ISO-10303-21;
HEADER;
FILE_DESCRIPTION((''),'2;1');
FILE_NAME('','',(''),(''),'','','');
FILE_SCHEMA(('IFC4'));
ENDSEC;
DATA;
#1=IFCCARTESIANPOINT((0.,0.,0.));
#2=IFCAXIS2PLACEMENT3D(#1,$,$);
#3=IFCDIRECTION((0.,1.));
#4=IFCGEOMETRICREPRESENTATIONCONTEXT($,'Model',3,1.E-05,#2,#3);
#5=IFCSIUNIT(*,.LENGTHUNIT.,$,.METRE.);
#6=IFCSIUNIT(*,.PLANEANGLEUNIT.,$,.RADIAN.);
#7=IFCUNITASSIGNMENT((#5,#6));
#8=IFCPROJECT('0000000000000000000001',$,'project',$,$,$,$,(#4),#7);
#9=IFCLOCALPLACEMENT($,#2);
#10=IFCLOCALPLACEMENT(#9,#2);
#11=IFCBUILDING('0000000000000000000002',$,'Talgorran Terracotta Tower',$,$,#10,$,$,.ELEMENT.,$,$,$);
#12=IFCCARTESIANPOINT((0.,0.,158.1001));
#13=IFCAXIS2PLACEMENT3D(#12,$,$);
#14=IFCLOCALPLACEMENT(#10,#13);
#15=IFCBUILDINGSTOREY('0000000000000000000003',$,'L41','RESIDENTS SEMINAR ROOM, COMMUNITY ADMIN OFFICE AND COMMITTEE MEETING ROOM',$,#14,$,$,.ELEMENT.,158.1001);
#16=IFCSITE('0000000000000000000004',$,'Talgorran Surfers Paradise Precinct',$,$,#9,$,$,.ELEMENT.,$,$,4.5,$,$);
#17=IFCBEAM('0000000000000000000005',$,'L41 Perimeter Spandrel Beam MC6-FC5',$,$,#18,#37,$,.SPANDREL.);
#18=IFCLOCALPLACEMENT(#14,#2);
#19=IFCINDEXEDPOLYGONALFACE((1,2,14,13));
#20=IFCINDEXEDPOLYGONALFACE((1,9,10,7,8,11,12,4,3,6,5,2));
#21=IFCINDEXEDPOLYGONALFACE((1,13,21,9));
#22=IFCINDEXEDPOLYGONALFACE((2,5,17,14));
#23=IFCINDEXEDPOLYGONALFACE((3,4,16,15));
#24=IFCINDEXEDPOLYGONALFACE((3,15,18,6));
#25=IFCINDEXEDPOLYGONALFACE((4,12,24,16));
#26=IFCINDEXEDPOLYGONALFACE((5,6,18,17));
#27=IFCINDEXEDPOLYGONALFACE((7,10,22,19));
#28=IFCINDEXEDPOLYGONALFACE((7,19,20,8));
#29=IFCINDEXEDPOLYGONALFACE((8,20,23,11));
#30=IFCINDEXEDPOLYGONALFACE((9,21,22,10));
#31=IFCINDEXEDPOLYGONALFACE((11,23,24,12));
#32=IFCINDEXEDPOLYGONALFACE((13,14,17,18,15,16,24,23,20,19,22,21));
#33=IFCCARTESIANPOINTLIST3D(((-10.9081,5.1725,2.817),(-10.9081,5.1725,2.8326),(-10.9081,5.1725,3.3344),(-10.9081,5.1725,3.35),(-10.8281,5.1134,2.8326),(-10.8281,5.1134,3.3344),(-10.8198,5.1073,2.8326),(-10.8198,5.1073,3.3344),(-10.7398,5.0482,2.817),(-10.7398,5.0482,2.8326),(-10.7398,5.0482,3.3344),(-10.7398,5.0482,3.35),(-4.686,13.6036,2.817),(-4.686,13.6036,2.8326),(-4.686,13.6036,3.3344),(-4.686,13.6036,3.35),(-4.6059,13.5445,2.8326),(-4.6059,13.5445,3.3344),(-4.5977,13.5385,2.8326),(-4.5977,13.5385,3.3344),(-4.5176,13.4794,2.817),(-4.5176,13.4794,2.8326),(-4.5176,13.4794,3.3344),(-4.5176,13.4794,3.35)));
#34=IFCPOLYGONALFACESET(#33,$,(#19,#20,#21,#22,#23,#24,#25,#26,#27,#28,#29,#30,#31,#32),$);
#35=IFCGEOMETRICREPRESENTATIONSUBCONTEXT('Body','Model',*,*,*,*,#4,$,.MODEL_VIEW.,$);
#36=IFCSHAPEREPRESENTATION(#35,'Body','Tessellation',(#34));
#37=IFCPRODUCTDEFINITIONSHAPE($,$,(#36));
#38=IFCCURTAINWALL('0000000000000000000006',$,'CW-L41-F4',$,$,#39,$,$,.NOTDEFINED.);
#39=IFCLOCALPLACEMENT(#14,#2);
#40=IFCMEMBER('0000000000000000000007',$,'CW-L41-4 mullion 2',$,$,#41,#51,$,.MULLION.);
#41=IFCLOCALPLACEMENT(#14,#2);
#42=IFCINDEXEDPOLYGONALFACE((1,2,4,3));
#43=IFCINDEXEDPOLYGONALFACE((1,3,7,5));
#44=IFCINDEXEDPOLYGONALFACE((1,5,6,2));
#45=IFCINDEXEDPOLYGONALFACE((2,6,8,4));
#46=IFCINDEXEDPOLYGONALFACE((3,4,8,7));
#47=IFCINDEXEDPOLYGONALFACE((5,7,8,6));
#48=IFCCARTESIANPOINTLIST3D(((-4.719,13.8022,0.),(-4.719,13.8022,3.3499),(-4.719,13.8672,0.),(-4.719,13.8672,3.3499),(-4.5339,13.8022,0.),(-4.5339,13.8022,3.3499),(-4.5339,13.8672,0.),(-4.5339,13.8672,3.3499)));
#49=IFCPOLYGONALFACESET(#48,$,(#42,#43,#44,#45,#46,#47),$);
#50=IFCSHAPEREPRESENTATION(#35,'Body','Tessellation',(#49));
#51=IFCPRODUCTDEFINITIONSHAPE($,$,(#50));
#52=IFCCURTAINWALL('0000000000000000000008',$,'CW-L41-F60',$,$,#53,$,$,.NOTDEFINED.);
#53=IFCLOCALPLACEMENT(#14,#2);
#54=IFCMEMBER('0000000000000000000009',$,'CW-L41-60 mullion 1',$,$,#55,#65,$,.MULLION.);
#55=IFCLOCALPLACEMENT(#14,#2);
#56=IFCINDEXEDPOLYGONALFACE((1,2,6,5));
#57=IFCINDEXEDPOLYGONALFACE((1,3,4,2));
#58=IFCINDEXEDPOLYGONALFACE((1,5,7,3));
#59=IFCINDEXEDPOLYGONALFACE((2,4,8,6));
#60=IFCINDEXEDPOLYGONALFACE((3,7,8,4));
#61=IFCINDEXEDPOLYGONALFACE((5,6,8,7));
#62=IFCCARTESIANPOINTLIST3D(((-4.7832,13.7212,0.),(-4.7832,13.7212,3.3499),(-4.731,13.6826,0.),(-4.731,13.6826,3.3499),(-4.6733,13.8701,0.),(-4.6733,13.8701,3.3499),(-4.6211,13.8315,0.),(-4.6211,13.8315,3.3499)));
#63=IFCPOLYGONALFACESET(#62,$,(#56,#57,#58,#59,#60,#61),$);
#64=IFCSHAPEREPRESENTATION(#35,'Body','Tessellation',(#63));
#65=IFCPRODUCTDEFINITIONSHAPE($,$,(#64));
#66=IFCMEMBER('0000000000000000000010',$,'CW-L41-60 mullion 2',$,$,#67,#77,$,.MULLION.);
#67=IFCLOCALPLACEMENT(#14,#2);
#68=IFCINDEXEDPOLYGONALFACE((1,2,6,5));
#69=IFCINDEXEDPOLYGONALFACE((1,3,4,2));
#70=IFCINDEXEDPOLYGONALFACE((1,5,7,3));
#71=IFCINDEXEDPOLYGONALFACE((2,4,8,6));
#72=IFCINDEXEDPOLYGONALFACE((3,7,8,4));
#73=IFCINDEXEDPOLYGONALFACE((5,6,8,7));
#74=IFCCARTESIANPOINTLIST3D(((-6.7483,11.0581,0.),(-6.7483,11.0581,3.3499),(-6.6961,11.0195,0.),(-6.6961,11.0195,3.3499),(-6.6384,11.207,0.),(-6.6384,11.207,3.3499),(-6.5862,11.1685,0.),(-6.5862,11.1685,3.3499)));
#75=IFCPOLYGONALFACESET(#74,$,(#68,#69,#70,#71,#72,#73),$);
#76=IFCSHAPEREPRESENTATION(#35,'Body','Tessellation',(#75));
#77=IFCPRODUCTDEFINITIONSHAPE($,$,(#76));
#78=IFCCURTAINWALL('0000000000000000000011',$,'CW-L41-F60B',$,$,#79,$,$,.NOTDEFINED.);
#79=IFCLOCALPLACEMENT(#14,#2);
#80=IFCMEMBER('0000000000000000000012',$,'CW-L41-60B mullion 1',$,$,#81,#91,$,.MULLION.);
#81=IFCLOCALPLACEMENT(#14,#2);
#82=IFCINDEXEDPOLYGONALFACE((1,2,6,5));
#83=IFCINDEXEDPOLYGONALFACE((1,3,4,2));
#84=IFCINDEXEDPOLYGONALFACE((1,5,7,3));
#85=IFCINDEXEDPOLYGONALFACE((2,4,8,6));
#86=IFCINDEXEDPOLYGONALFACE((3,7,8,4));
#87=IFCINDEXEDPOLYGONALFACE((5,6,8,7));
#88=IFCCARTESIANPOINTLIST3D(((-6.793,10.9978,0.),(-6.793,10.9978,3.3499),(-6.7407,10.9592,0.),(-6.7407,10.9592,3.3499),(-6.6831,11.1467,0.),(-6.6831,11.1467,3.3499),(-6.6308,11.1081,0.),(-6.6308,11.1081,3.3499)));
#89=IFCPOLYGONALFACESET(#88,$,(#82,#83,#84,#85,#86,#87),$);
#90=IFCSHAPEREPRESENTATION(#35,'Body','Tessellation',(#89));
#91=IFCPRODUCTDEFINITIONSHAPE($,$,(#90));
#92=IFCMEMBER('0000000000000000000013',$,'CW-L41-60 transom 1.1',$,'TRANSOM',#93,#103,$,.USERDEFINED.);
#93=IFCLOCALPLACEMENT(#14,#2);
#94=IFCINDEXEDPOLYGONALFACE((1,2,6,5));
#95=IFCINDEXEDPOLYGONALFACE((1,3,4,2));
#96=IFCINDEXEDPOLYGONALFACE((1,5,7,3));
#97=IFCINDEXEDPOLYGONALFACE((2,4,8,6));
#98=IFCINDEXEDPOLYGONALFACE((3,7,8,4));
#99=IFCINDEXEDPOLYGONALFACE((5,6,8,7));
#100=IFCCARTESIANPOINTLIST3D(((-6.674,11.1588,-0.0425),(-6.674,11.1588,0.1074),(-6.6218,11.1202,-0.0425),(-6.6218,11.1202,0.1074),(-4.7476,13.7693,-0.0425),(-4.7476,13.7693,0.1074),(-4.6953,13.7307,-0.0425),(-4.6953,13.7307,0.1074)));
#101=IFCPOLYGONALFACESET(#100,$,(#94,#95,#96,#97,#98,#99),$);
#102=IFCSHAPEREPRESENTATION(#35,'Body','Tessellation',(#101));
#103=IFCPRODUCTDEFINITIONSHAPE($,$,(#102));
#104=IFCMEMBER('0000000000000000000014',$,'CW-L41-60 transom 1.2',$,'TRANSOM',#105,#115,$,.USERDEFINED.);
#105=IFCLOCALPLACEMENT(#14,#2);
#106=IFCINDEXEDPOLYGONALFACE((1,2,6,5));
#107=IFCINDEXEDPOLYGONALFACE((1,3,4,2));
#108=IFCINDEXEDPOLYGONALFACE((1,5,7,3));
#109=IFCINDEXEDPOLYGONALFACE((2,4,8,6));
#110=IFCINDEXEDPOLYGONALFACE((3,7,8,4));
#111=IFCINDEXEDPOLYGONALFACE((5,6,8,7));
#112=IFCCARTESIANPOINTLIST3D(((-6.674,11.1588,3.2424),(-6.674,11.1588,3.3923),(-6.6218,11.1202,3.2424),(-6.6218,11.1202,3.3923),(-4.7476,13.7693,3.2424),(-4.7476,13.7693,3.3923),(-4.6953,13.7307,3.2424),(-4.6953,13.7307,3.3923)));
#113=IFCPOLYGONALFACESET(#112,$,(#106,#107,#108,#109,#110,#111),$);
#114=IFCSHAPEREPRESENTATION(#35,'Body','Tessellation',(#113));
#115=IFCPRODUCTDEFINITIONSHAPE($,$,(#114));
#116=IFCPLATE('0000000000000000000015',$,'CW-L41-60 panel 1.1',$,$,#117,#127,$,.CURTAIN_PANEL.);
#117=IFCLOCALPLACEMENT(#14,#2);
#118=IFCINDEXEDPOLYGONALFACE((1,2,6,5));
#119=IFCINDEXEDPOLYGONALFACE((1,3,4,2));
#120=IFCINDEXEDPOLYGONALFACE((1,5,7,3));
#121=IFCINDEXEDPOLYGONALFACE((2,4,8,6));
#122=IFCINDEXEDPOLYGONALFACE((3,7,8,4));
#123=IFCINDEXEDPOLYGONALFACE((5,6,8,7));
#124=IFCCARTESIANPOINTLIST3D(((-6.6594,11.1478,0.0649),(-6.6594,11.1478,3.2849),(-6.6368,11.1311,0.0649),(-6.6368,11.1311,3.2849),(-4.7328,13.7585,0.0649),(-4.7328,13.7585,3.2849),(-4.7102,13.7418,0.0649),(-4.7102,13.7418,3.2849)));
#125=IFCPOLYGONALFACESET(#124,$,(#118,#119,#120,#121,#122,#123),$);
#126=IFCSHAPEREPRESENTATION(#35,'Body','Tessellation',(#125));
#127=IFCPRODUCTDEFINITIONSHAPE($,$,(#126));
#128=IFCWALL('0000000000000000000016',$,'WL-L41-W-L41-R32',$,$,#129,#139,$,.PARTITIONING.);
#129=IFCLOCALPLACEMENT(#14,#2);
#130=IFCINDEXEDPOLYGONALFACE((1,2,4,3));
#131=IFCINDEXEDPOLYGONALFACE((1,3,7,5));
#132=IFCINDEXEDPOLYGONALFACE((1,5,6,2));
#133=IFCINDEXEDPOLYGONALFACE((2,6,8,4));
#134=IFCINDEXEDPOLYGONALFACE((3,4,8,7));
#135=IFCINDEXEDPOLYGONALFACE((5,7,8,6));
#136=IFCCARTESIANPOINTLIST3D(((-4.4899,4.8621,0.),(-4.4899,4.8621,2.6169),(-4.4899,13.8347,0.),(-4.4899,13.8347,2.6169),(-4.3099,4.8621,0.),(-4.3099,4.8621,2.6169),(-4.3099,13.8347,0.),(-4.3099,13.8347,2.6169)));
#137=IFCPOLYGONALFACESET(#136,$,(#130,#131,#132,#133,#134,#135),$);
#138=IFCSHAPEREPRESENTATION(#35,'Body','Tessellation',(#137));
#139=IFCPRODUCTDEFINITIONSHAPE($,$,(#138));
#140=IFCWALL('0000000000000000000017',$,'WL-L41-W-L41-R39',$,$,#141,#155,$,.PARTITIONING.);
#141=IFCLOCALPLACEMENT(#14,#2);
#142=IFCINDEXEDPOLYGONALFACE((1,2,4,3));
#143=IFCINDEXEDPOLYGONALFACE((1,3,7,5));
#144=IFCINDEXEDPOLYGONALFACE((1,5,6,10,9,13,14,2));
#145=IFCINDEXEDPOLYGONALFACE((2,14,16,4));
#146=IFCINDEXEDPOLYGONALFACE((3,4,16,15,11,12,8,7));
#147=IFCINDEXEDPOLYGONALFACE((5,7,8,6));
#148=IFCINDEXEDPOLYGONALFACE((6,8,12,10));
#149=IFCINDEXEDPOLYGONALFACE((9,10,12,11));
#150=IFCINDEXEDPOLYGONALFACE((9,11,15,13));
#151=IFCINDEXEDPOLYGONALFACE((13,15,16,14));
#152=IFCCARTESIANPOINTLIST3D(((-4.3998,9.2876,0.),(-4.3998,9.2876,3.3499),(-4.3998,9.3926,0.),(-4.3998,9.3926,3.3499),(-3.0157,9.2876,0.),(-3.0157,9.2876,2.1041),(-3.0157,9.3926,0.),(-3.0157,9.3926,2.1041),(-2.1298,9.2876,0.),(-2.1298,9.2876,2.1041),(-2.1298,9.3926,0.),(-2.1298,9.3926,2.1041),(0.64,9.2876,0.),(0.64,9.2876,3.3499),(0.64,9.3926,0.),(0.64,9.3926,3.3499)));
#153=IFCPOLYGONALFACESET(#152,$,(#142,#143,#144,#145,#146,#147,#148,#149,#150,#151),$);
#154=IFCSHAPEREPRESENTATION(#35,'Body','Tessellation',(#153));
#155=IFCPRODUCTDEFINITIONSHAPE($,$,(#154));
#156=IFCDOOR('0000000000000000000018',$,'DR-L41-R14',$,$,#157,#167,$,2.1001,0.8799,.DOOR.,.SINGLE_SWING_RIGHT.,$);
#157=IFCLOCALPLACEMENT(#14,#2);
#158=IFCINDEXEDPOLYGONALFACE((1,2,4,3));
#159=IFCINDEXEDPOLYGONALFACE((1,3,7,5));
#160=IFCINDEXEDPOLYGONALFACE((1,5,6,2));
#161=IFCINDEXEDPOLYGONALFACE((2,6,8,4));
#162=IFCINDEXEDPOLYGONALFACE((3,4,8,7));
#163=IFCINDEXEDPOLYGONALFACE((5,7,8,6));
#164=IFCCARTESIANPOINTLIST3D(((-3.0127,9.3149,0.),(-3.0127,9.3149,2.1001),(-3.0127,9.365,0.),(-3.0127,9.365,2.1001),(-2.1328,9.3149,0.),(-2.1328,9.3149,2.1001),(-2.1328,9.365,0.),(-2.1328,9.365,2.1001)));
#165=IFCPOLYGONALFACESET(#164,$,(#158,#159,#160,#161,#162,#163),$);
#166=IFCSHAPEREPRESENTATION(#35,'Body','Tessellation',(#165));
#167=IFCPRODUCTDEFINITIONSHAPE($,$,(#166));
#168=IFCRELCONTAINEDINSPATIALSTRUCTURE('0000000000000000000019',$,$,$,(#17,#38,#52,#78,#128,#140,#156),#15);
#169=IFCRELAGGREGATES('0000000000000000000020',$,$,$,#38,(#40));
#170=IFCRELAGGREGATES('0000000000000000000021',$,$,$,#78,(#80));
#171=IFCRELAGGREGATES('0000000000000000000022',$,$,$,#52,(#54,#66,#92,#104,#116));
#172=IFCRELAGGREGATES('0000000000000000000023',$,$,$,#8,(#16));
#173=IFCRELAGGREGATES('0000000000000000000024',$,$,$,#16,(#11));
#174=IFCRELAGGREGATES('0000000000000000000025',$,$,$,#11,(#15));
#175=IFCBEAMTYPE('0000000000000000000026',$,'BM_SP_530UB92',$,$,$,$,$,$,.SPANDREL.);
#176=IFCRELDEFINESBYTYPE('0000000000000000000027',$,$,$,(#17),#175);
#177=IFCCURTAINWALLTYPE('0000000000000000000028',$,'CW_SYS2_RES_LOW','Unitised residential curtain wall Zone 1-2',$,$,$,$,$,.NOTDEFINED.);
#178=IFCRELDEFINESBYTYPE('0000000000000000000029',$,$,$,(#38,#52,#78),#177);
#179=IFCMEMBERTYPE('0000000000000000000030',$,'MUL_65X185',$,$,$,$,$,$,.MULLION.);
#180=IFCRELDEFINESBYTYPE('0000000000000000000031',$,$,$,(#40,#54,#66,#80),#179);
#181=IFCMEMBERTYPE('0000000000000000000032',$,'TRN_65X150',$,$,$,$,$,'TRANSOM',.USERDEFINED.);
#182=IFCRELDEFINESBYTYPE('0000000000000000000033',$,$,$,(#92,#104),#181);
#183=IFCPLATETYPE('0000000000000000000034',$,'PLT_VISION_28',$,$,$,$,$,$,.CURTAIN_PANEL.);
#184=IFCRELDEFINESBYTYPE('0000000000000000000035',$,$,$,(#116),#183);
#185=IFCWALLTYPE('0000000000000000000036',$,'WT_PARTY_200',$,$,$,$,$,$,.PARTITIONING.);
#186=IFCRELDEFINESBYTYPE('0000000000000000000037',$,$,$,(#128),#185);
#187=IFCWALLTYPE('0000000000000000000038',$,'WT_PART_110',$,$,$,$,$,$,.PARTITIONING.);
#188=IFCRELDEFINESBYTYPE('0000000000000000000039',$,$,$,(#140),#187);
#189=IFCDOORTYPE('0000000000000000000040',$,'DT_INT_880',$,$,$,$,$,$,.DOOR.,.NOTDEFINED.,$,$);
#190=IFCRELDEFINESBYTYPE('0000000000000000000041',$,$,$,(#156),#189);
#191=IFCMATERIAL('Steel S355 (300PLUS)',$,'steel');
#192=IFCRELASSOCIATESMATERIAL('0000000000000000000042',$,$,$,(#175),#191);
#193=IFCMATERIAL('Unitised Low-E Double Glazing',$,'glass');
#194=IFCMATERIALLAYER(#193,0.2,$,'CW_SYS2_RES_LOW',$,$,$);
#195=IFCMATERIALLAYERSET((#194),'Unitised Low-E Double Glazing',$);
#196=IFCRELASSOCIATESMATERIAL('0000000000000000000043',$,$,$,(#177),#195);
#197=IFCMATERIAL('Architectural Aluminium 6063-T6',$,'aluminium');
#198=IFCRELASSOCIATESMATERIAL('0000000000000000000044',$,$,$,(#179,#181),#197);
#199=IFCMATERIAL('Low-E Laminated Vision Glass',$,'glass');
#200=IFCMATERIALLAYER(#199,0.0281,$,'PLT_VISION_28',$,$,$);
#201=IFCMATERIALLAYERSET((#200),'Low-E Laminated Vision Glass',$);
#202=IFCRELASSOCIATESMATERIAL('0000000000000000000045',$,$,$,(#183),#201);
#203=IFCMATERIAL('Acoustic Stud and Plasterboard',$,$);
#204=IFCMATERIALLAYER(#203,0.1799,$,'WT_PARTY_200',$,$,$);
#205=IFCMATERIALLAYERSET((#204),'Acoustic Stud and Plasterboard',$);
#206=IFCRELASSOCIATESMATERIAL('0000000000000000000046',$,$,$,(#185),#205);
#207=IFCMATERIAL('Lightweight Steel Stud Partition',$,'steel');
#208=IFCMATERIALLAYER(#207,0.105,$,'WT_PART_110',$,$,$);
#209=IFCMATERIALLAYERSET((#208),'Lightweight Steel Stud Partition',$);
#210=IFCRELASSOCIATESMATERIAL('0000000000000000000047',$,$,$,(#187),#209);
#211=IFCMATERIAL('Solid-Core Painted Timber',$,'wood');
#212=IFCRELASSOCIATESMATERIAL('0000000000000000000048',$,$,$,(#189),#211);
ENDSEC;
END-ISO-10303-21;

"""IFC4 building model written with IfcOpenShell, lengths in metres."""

from ifc_helpers import new_model, si_unit, direction, frame, frame_2d, origin, origin_2d, place, context, subcontext, project, spatial, rectangle, i_section, extrude, source, transform, mapped, material, layer, layer_set, material_profile, profile_set, type_object, type_shapes, element, fill, aggregate, save


model = new_model("IFC4")

# Units and contexts
model_context = context("Model", 3, precision=1e-05, world=origin(), true_north=direction((0.0, 1.0)))
body_context = subcontext(model_context, "Body", "Model", "MODEL_VIEW")
ifc_project = project(units=[si_unit("LENGTHUNIT", "METRE"), si_unit("PLANEANGLEUNIT", "RADIAN")], contexts=[model_context])

# Site, building, storey
site_placement = place(None, origin())
site = spatial("IfcSite", under=ifc_project, at=site_placement, Name="Talgorran Surfers Paradise Precinct", CompositionType="ELEMENT", RefElevation=4.5)
building_placement = place(site_placement, origin())
building = spatial("IfcBuilding", under=site, at=building_placement, Name="Talgorran Terracotta Tower", CompositionType="ELEMENT")
storey_placement = place(building_placement, frame((0.0, 0.0, 158.1001)))
storey = spatial("IfcBuildingStorey", under=building, at=storey_placement, Name="L41", Description="RESIDENTS SEMINAR ROOM, COMMUNITY ADMIN OFFICE AND COMMITTEE MEETING ROOM", CompositionType="ELEMENT", Elevation=158.1001)

# Shared definitions
ifc_material_1 = material(Name="Steel S355 (300PLUS)", Category="steel")

# Beam
ifc_material_profile_1 = material_profile(ifc_material_1, i_section(OverallWidth=0.2092, OverallDepth=0.533, WebThickness=0.0103, FlangeThickness=0.0156, at=origin_2d()), Name="530UB92.4")
ifc_profile_set_1 = profile_set([ifc_material_profile_1], Name="Steel S355 (300PLUS)")
beam_type_1 = type_object("IfcBeamType", Name="BM_SP_530UB92", PredefinedType="SPANDREL", material=ifc_profile_set_1)
beam_1_placement = place(storey_placement, frame((-4.6018, 13.5415, 3.0835), z_axis=(-0.593801, -0.804612, 0.0), x_axis=(0.804612, -0.593801, 0.0)))
element("IfcBeam", 1, at=beam_1_placement, inside=storey, type_object=beam_type_1, Name="L41 Perimeter Spandrel Beam MC6-FC5", PredefinedType="SPANDREL", context=body_context, shape_type="SweptSolid", body=[
    extrude(i_section(OverallWidth=0.2092, OverallDepth=0.533, WebThickness=0.0103, FlangeThickness=0.0156, at=origin_2d()), origin(), (0.0, 0.0, 1.0), 10.4785),
])

# Curtain wall, member
ifc_material_2 = material(Name="Unitised Low-E Double Glazing", Category="glass")
ifc_layer_1 = layer(ifc_material_2, 0.2, Name="CW_SYS2_RES_LOW")
ifc_layer_set_1 = layer_set([ifc_layer_1], Name="Unitised Low-E Double Glazing")
curtain_wall_type = type_object("IfcCurtainWallType", Name="CW_SYS2_RES_LOW", Description="Unitised residential curtain wall Zone 1-2", PredefinedType="NOTDEFINED", material=ifc_layer_set_1)
curtain_wall_1_placement = place(storey_placement, origin())
curtain_wall_1 = element("IfcCurtainWall", 2, at=curtain_wall_1_placement, inside=storey, type_object=curtain_wall_type, Name="CW-L41-F4", PredefinedType="NOTDEFINED")
ifc_material_3 = material(Name="Architectural Aluminium 6063-T6", Category="aluminium")
ifc_material_profile_2 = material_profile(ifc_material_3, rectangle(XDim=0.0649, YDim=0.1851, at=origin_2d()), Name="CWM65X185")
ifc_profile_set_2 = profile_set([ifc_material_profile_2], Name="Architectural Aluminium 6063-T6")
member_type_1 = type_object("IfcMemberType", Name="MUL_65X185", PredefinedType="MULLION", material=ifc_profile_set_2)
member_1_placement = place(storey_placement, frame((-4.6265, 13.8347, 0.0), z_axis=(0.0, 0.0, 1.0), x_axis=(0.0, -1.0, 0.0)))
member_1 = element("IfcMember", 3, at=member_1_placement, type_object=member_type_1, Name="CW-L41-4 mullion 2", PredefinedType="MULLION", context=body_context, shape_type="SweptSolid", body=[
    extrude(rectangle(XDim=0.0649, YDim=0.1851, at=origin_2d()), origin(), (0.0, 0.0, 1.0), 3.3499),
])
aggregate(curtain_wall_1, [member_1])

# Curtain wall, members
curtain_wall_2_placement = place(storey_placement, origin())
curtain_wall_2 = element("IfcCurtainWall", 4, at=curtain_wall_2_placement, inside=storey, type_object=curtain_wall_type, Name="CW-L41-F60", PredefinedType="NOTDEFINED")
member_2_placement = place(storey_placement, frame((-4.7021, 13.7764, 0.0), z_axis=(0.0, 0.0, 1.0), x_axis=(0.804624, -0.593785, 0.0)))
member_2 = element("IfcMember", 5, at=member_2_placement, type_object=member_type_1, Name="CW-L41-60 mullion 1", PredefinedType="MULLION", context=body_context, shape_type="SweptSolid", body=[
    extrude(rectangle(XDim=0.0649, YDim=0.1851, at=origin_2d()), origin(), (0.0, 0.0, 1.0), 3.3499),
])
member_3_placement = place(storey_placement, frame((-6.6672, 11.1133, 0.0), z_axis=(0.0, 0.0, 1.0), x_axis=(0.804624, -0.593785, 0.0)))
member_3 = element("IfcMember", 6, at=member_3_placement, type_object=member_type_1, Name="CW-L41-60 mullion 2", PredefinedType="MULLION", context=body_context, shape_type="SweptSolid", body=[
    extrude(rectangle(XDim=0.0649, YDim=0.1851, at=origin_2d()), origin(), (0.0, 0.0, 1.0), 3.3499),
])

# Curtain wall, member
curtain_wall_3_placement = place(storey_placement, origin())
curtain_wall_3 = element("IfcCurtainWall", 7, at=curtain_wall_3_placement, inside=storey, type_object=curtain_wall_type, Name="CW-L41-F60B", PredefinedType="NOTDEFINED")
member_4_placement = place(storey_placement, frame((-6.7119, 11.053, 0.0), z_axis=(0.0, 0.0, 1.0), x_axis=(0.804615, -0.593797, 0.0)))
member_4 = element("IfcMember", 8, at=member_4_placement, type_object=member_type_1, Name="CW-L41-60B mullion 1", PredefinedType="MULLION", context=body_context, shape_type="SweptSolid", body=[
    extrude(rectangle(XDim=0.0649, YDim=0.1851, at=origin_2d()), origin(), (0.0, 0.0, 1.0), 3.3499),
])
aggregate(curtain_wall_3, [member_4])

# Members
ifc_material_profile_3 = material_profile(ifc_material_3, rectangle(XDim=0.0649, YDim=0.1499, at=origin_2d()), Name="CWT65X150")
ifc_profile_set_3 = profile_set([ifc_material_profile_3], Name="Architectural Aluminium 6063-T6")
member_type_2 = type_object("IfcMemberType", Name="TRN_65X150", ElementType="TRANSOM", PredefinedType="USERDEFINED", material=ifc_profile_set_3)
member_5_placement = place(storey_placement, frame((-4.7214, 13.75, 0.0325), z_axis=(-0.593782, -0.804626, 0.0), x_axis=(0.804626, -0.593782, 0.0)))
member_5 = element("IfcMember", 9, at=member_5_placement, type_object=member_type_2, Name="CW-L41-60 transom 1.1", ObjectType="TRANSOM", PredefinedType="USERDEFINED", context=body_context, shape_type="SweptSolid", body=[
    extrude(rectangle(XDim=0.0649, YDim=0.1499, at=origin_2d()), origin(), (0.0, 0.0, 1.0), 3.2444),
])
member_6_placement = place(storey_placement, frame((-4.7214, 13.75, 3.3174), z_axis=(-0.593782, -0.804626, 0.0), x_axis=(0.804626, -0.593782, 0.0)))
member_6 = element("IfcMember", 10, at=member_6_placement, type_object=member_type_2, Name="CW-L41-60 transom 1.2", ObjectType="TRANSOM", PredefinedType="USERDEFINED", context=body_context, shape_type="SweptSolid", body=[
    extrude(rectangle(XDim=0.0649, YDim=0.1499, at=origin_2d()), origin(), (0.0, 0.0, 1.0), 3.2444),
])

# Plate
ifc_material_4 = material(Name="Low-E Laminated Vision Glass", Category="glass")
ifc_layer_2 = layer(ifc_material_4, 0.0281, Name="PLT_VISION_28")
ifc_layer_set_2 = layer_set([ifc_layer_2], Name="Low-E Laminated Vision Glass")
plate_type = type_object("IfcPlateType", Name="PLT_VISION_28", PredefinedType="CURTAIN_PANEL", material=ifc_layer_set_2)
shared_shape = source(origin(), body_context, "Body", "SweptSolid", [
    extrude(rectangle(XDim=3.2446, YDim=0.0281, at=origin_2d()), origin(), (0.0, 0.0, 1.0), 3.22),
])
type_shapes(plate_type, [shared_shape])
plate_placement = place(storey_placement, frame((-5.6848, 12.4448, 0.0649), z_axis=(0.0, 0.0, 1.0), x_axis=(-0.593785, -0.804624, 0.0)))
plate = element("IfcPlate", 11, at=plate_placement, type_object=plate_type, Name="CW-L41-60 panel 1.1", PredefinedType="CURTAIN_PANEL", context=body_context, shape_type="MappedRepresentation", body=[
    mapped(shared_shape, transform((0.0, 0.0, 0.0), scale=1.0)),
])
aggregate(curtain_wall_2, [member_2, member_3, member_5, member_6, plate])

# Wall
ifc_material_5 = material(Name="Acoustic Stud and Plasterboard")
ifc_layer_3 = layer(ifc_material_5, 0.1799, Name="WT_PARTY_200")
ifc_layer_set_3 = layer_set([ifc_layer_3], Name="Acoustic Stud and Plasterboard")
wall_type_1 = type_object("IfcWallType", Name="WT_PARTY_200", PredefinedType="PARTITIONING", material=ifc_layer_set_3)
wall_1_placement = place(storey_placement, frame((-4.3999, 4.8621, 0.0), z_axis=(0.0, 0.0, 1.0), x_axis=(0.0, 1.0, 0.0)))
element("IfcWall", 12, at=wall_1_placement, inside=storey, type_object=wall_type_1, Name="WL-L41-W-L41-R32", PredefinedType="PARTITIONING", context=body_context, shape_type="SweptSolid", body=[
    extrude(rectangle(XDim=8.9727, YDim=0.1799, at=frame_2d((4.4863, 0.0))), origin(), (0.0, 0.0, 1.0), 2.6169),
])

# Wall, opening, door
ifc_material_6 = material(Name="Lightweight Steel Stud Partition", Category="steel")
ifc_layer_4 = layer(ifc_material_6, 0.105, Name="WT_PART_110")
ifc_layer_set_4 = layer_set([ifc_layer_4], Name="Lightweight Steel Stud Partition")
wall_type_2 = type_object("IfcWallType", Name="WT_PART_110", PredefinedType="PARTITIONING", material=ifc_layer_set_4)
wall_2_placement = place(storey_placement, frame((-4.3999, 9.3401, 0.0), z_axis=(0.0, 0.0, 1.0), x_axis=(1.0, 0.0, 0.0)))
wall_2 = element("IfcWall", 13, at=wall_2_placement, inside=storey, type_object=wall_type_2, Name="WL-L41-W-L41-R39", PredefinedType="PARTITIONING", context=body_context, shape_type="SweptSolid", body=[
    extrude(rectangle(XDim=5.0398, YDim=0.105, at=frame_2d((2.52, 0.0))), origin(), (0.0, 0.0, 1.0), 3.3499),
])
opening_1_placement = place(wall_2_placement, frame((1.3872, 0.0, 0.0)))
opening_1 = element("IfcOpeningElement", 14, at=opening_1_placement, cuts=wall_2, PredefinedType="OPENING", context=body_context, shape_type="SweptSolid", body=[
    extrude(rectangle(XDim=0.8859, YDim=2.1041, at=frame_2d((0.4399, 1.052))), frame((0.0, 0.0625, 0.0), z_axis=(0.0, -1.0, 0.0), x_axis=(1.0, 0.0, 0.0)), (0.0, 0.0, 1.0), 0.125),
])
ifc_material_7 = material(Name="Solid-Core Painted Timber", Category="wood")
door_type = type_object("IfcDoorType", Name="DT_INT_880", OperationType="NOTDEFINED", PredefinedType="DOOR", material=ifc_material_7)
door_1_placement = place(opening_1_placement, origin())
door_1 = element("IfcDoor", 15, at=door_1_placement, inside=storey, type_object=door_type, Name="DR-L41-R14", OperationType="SINGLE_SWING_RIGHT", OverallHeight=2.1001, OverallWidth=0.8799, PredefinedType="DOOR", context=body_context, shape_type="SweptSolid", body=[
    extrude(rectangle(XDim=0.8799, YDim=2.1001, at=frame_2d((0.4399, 1.05))), frame((0.0, 0.0249, 0.0), z_axis=(0.0, -1.0, 0.0), x_axis=(1.0, 0.0, 0.0)), (0.0, 0.0, 1.0), 0.05),
])
fill(opening_1, door_1)

save(model, "model.ifc")
